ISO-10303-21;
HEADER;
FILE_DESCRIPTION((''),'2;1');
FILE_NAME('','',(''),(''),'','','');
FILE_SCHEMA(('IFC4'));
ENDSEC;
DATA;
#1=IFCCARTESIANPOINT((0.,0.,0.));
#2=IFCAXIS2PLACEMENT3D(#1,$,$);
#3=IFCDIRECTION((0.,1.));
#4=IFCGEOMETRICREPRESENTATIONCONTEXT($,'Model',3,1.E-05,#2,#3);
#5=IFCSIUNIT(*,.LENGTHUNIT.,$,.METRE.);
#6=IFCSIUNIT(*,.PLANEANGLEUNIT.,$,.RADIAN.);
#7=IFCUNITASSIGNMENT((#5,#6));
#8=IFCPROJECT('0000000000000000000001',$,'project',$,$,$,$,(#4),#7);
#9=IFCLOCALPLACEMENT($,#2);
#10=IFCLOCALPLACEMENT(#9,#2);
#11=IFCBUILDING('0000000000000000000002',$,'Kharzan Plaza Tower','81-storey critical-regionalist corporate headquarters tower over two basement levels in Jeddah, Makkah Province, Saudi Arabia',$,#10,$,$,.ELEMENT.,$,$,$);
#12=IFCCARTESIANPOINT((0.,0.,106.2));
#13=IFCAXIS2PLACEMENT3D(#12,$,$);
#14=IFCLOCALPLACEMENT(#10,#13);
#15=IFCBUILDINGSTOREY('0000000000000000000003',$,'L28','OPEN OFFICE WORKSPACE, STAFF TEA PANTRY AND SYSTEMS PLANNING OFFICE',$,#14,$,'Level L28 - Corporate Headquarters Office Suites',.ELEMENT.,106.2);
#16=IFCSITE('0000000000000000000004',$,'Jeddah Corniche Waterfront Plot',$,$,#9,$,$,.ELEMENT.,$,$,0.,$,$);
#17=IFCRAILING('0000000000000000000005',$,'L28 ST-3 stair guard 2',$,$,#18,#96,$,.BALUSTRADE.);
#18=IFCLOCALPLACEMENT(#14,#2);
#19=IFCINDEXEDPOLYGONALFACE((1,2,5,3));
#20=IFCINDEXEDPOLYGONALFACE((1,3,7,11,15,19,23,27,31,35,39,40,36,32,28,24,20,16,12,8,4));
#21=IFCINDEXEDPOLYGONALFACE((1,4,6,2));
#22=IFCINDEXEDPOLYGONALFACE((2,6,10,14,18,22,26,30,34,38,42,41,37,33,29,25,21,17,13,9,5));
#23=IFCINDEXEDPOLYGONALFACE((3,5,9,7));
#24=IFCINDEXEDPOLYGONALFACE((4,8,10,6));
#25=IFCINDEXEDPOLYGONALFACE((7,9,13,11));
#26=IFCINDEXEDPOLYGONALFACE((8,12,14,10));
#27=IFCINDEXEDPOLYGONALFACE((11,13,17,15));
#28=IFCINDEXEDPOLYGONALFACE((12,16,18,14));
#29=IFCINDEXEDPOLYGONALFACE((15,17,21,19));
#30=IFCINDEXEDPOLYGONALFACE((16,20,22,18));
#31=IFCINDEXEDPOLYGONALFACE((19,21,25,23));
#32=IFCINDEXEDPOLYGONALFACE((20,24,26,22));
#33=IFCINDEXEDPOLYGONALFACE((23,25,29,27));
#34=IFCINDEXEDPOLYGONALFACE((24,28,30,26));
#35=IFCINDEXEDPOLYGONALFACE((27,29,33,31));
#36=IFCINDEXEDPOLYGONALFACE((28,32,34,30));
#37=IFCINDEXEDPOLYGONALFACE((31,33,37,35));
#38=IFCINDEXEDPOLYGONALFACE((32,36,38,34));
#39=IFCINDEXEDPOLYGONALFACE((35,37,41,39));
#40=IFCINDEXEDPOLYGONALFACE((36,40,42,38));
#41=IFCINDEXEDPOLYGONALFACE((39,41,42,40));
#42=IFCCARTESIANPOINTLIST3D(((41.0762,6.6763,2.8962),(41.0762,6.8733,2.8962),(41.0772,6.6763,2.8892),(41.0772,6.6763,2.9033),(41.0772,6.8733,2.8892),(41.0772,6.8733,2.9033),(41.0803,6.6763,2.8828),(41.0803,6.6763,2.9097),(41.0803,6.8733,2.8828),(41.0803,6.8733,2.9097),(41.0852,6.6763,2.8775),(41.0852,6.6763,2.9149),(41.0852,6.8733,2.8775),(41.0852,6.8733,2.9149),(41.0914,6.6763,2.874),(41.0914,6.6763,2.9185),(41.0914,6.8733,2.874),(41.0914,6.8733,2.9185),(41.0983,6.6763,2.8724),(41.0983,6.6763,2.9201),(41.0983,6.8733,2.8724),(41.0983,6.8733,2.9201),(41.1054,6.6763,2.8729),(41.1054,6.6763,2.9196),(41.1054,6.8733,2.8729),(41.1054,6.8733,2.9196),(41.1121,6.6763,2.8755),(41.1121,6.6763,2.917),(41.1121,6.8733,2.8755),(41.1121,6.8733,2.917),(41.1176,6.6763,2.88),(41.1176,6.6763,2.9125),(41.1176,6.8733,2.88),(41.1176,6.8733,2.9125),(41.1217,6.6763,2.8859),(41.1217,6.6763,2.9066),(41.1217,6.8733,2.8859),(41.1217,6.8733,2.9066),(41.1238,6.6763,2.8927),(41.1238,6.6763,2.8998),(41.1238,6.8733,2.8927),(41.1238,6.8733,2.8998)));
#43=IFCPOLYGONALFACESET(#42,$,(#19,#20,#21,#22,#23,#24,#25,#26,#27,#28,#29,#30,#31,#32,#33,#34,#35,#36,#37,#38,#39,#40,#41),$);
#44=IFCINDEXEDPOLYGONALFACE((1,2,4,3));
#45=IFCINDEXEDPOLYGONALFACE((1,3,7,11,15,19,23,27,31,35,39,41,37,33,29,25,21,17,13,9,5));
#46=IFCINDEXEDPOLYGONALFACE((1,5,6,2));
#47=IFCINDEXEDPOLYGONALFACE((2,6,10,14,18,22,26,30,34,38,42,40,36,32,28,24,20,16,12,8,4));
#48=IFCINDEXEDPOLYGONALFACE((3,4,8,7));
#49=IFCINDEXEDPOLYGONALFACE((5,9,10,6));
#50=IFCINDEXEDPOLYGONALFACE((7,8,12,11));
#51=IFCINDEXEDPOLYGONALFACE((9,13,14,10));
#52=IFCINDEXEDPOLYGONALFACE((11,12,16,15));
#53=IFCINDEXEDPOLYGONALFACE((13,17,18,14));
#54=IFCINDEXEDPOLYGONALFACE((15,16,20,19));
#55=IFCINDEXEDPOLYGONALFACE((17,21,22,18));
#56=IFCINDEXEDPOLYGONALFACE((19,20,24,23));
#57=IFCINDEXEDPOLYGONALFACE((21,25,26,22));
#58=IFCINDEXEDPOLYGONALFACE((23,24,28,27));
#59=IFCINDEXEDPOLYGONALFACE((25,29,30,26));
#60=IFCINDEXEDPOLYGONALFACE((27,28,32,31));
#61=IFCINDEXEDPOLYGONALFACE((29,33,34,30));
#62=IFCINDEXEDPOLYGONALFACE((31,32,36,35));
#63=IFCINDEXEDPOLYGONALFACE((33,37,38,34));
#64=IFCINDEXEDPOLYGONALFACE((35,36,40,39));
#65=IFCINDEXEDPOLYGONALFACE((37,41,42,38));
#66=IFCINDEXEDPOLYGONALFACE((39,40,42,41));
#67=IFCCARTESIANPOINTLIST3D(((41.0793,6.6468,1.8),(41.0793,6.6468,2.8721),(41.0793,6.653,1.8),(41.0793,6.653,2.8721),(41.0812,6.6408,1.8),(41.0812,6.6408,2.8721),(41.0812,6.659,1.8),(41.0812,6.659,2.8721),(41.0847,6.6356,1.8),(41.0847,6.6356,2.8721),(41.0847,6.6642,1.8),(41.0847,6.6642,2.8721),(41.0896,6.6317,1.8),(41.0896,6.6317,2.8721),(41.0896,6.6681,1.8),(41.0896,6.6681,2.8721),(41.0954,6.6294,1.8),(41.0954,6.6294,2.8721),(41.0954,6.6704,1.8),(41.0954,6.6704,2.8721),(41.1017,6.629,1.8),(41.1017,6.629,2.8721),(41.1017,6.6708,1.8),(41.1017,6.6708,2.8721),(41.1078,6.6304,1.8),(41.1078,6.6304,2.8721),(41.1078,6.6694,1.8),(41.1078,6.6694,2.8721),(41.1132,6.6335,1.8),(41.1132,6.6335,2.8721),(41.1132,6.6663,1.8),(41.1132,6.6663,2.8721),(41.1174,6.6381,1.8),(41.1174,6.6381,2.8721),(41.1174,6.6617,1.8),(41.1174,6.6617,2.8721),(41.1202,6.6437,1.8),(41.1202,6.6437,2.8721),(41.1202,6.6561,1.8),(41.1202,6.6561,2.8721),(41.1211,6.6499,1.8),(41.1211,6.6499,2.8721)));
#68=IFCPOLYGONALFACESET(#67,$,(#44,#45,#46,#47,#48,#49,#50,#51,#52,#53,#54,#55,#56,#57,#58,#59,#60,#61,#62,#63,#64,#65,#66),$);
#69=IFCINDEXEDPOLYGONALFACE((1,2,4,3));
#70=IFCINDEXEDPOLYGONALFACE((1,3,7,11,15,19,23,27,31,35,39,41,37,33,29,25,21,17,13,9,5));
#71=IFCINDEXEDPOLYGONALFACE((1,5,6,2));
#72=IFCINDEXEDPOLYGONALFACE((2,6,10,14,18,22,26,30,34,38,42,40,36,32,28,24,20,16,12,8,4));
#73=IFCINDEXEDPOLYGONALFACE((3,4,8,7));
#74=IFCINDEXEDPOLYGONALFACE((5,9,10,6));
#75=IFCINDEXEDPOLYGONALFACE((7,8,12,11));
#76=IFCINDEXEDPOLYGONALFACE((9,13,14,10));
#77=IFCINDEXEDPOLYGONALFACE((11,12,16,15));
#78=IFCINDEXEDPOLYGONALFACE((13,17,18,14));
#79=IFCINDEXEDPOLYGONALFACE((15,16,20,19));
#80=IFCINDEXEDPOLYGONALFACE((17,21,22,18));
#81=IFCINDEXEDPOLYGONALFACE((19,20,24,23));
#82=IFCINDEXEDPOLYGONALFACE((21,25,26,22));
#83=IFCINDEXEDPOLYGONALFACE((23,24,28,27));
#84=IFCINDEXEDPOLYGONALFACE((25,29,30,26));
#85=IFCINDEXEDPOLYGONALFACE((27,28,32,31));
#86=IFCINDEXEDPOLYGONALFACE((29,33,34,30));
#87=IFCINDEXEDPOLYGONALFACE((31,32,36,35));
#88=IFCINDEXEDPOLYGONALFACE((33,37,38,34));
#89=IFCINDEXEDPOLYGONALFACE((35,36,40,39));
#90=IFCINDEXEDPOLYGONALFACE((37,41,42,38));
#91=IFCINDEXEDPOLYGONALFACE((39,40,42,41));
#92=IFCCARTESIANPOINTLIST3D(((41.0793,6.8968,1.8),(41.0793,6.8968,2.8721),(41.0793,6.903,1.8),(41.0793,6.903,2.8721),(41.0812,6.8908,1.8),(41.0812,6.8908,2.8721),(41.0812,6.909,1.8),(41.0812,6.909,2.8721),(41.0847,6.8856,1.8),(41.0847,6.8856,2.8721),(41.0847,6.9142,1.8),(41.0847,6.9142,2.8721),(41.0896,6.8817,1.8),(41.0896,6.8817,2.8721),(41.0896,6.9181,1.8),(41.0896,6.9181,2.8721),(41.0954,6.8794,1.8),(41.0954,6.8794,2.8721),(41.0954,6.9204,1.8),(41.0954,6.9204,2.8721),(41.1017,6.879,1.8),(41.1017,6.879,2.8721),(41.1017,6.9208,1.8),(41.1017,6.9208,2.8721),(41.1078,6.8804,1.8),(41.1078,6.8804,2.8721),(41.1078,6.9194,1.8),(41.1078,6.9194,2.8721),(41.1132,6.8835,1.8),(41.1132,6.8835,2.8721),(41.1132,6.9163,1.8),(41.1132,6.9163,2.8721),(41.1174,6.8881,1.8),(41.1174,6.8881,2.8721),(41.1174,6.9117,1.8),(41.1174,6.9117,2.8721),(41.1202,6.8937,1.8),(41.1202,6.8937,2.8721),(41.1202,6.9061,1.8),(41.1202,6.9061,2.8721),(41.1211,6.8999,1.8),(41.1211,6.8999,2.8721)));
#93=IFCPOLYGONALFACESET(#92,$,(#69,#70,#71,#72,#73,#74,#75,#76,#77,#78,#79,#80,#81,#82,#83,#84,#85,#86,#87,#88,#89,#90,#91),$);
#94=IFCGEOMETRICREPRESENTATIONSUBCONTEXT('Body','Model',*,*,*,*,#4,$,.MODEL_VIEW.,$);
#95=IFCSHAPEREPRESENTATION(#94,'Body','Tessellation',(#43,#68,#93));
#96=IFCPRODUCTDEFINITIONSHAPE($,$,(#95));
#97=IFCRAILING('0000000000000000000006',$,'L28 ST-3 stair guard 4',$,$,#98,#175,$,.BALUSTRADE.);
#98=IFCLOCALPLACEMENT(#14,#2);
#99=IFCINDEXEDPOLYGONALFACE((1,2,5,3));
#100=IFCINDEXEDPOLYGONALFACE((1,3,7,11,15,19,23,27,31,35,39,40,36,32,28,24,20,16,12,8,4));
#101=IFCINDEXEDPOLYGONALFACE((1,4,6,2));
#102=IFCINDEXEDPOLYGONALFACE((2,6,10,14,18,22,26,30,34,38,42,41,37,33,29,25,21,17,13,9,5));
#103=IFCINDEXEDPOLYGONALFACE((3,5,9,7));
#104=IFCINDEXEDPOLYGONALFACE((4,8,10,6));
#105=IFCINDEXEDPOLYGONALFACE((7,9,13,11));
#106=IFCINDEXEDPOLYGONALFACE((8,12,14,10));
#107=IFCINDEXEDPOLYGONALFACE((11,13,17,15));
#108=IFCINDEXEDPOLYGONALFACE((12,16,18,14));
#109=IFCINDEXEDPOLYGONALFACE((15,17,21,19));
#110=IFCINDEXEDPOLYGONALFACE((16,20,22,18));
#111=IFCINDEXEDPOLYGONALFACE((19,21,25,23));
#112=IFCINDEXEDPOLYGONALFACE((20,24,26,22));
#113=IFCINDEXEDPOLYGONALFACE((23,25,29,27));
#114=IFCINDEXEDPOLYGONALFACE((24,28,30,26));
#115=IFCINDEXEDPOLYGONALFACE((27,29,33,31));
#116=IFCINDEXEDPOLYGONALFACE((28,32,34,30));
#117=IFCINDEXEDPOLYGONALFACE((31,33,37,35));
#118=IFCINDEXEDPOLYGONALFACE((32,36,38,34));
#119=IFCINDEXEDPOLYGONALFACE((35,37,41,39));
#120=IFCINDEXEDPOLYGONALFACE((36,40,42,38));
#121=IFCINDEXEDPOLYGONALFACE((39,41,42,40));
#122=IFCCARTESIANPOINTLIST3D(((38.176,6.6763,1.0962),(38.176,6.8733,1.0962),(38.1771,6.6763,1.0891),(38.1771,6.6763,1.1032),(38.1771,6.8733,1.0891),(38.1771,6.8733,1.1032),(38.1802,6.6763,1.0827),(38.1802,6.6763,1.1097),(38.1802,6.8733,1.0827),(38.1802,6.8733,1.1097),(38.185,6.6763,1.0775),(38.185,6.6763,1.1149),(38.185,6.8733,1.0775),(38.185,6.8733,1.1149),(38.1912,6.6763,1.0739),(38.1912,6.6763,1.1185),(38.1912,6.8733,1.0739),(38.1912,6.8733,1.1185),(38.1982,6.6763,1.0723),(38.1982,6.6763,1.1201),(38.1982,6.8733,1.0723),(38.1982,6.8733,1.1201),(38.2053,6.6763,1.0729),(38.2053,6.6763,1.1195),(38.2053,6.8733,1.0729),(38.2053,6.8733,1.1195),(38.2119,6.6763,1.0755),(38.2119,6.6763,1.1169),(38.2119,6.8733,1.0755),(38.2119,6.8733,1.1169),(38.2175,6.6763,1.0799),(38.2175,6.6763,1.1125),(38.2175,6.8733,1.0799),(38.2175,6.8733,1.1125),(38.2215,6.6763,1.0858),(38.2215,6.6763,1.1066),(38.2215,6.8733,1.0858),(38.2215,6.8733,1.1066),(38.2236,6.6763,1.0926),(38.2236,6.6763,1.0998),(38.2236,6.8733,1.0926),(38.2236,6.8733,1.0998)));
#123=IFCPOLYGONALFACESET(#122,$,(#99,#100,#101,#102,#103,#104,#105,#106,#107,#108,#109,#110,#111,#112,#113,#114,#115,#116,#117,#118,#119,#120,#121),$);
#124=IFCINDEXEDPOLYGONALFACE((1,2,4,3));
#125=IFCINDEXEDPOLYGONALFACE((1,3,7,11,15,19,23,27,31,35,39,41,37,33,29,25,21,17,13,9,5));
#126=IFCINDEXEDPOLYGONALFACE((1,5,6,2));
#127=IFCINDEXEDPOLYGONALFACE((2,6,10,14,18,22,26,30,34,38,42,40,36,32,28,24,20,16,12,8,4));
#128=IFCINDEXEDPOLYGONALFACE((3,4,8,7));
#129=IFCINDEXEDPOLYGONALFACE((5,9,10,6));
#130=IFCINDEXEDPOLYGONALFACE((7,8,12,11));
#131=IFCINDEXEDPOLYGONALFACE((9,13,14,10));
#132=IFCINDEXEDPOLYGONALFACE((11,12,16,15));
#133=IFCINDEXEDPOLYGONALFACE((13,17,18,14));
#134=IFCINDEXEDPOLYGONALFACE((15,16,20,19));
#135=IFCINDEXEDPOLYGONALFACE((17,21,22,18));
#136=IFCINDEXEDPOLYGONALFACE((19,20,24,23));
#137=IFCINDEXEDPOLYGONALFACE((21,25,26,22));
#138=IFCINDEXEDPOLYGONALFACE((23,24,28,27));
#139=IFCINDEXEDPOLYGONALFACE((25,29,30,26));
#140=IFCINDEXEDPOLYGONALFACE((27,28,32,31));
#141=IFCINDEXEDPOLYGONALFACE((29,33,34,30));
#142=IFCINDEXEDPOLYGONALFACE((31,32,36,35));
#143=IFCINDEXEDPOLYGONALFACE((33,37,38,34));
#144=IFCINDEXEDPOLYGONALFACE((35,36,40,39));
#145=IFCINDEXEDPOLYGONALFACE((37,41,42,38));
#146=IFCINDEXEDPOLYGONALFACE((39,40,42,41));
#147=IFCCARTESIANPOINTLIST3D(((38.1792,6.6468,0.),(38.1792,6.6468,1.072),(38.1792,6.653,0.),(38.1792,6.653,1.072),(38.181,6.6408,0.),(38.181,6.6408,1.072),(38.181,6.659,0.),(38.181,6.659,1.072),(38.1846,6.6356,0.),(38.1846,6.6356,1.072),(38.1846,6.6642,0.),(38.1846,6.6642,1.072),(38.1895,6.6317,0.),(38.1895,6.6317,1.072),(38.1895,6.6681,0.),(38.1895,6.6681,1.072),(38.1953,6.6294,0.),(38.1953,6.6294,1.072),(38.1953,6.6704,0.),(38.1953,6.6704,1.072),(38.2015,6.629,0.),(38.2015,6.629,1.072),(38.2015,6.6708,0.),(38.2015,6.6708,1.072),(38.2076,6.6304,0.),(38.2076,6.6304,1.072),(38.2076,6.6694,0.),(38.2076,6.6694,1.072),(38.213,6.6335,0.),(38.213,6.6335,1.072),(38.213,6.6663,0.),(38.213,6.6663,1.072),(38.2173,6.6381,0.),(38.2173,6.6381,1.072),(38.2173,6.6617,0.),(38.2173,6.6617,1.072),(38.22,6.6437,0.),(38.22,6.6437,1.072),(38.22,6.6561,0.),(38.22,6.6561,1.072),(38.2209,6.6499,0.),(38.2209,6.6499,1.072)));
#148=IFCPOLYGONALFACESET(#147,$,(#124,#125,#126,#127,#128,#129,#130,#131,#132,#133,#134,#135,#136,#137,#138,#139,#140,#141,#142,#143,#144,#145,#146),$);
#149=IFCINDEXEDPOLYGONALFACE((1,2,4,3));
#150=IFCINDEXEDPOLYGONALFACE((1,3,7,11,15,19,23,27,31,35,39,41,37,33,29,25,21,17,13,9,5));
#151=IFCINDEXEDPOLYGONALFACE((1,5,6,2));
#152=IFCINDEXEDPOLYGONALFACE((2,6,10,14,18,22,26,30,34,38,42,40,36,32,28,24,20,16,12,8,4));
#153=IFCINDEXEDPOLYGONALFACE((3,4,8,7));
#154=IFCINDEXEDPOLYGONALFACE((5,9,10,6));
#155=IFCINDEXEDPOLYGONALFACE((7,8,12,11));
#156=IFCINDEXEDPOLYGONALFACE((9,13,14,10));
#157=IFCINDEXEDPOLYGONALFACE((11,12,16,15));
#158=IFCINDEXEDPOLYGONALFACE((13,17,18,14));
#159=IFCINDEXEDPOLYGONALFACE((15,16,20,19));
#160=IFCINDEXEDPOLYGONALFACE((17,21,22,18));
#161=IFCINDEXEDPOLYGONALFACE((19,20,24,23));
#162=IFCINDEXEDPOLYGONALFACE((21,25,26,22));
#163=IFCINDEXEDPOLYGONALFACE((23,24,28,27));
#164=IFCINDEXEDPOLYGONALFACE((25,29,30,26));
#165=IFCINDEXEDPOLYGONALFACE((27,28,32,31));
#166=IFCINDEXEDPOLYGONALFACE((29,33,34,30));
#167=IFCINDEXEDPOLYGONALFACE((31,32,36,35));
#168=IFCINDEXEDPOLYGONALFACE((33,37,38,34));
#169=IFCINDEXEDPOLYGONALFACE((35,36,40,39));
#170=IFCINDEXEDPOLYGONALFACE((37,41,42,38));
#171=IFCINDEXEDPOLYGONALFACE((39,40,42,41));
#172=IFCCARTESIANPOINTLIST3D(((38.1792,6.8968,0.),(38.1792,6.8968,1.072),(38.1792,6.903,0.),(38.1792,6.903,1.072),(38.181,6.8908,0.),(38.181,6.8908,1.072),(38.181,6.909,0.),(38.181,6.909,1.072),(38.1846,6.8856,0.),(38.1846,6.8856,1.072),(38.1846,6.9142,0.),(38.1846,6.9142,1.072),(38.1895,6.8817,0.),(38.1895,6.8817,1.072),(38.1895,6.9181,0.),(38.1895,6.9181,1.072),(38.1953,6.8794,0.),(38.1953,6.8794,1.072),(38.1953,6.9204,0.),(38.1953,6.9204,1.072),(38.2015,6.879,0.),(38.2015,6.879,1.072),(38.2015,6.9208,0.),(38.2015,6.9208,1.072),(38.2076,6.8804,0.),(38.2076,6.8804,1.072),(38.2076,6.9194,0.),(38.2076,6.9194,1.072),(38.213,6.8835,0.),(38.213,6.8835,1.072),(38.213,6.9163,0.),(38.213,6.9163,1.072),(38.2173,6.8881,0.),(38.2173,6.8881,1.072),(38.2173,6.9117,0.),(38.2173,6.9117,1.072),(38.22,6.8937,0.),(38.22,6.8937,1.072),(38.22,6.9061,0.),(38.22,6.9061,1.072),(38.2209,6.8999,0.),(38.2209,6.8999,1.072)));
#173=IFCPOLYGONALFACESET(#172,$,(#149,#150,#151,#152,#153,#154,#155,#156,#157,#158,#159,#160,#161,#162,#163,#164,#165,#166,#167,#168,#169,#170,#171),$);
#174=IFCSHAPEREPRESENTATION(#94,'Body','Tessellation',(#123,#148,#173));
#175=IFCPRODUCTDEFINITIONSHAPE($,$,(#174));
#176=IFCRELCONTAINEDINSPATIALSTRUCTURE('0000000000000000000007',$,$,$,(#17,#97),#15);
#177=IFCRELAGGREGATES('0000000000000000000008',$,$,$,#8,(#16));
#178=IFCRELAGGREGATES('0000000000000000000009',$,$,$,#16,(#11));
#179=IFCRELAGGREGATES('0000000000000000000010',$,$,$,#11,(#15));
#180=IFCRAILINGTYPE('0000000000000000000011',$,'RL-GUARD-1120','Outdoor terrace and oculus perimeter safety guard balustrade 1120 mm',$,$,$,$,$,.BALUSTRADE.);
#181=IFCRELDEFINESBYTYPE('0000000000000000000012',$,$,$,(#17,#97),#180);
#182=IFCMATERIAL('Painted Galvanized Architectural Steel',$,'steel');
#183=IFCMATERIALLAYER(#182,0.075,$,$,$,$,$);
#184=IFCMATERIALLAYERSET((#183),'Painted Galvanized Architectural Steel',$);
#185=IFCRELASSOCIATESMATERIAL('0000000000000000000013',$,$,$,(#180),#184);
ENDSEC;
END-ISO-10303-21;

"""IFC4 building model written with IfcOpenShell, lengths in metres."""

from ifc_helpers import new_model, si_unit, direction, frame, origin, origin_2d, place, context, subcontext, project, spatial, circle, extrude, source, transform, mapped, material, layer, layer_set, type_object, element, save


model = new_model("IFC4")

# Units and contexts
model_context = context("Model", 3, precision=1e-05, world=origin(), true_north=direction((0.0, 1.0)))
body_context = subcontext(model_context, "Body", "Model", "MODEL_VIEW")
ifc_project = project(units=[si_unit("LENGTHUNIT", "METRE"), si_unit("PLANEANGLEUNIT", "RADIAN")], contexts=[model_context])

# Site, building, storey
site_placement = place(None, origin())
site = spatial("IfcSite", under=ifc_project, at=site_placement, Name="Jeddah Corniche Waterfront Plot", CompositionType="ELEMENT", RefElevation=0.0)
building_placement = place(site_placement, origin())
building = spatial("IfcBuilding", under=site, at=building_placement, Name="Kharzan Plaza Tower", Description="81-storey critical-regionalist corporate headquarters tower over two basement levels in Jeddah, Makkah Province, Saudi Arabia", CompositionType="ELEMENT")
storey_placement = place(building_placement, frame((0.0, 0.0, 106.2)))
storey = spatial("IfcBuildingStorey", under=building, at=storey_placement, Name="L28", Description="OPEN OFFICE WORKSPACE, STAFF TEA PANTRY AND SYSTEMS PLANNING OFFICE", LongName="Level L28 - Corporate Headquarters Office Suites", CompositionType="ELEMENT", Elevation=106.2)

# Railings
ifc_material_1 = material(Name="Painted Galvanized Architectural Steel", Category="steel")
ifc_layer_1 = layer(ifc_material_1, 0.075)
ifc_layer_set_1 = layer_set([ifc_layer_1], Name="Painted Galvanized Architectural Steel")
railing_type_1 = type_object("IfcRailingType", Name="RL-GUARD-1120", Description="Outdoor terrace and oculus perimeter safety guard balustrade 1120 mm", PredefinedType="BALUSTRADE", material=ifc_layer_set_1)
shared_shape_1 = source(origin(), body_context, "Body", "SweptSolid", [
    extrude(circle(Radius=0.0239, at=origin_2d()), frame((0.0, 0.0264, 1.0962), z_axis=(0.0, 1.0, 0.0), x_axis=(-1.0, 0.0, 0.0)), (0.0, 0.0, 1.0), 0.197),
    extrude(circle(Radius=0.021, at=origin_2d()), origin(), (0.0, 0.0, 1.0), 1.072),
    extrude(circle(Radius=0.021, at=origin_2d()), frame((0.0, 0.25, 0.0)), (0.0, 0.0, 1.0), 1.072),
])
for number, where, name in (
    (1, (41.1001, 6.6499, 1.8), "L28 ST-3 stair guard 2"),
    (2, (38.2, 6.6499, 0.0), "L28 ST-3 stair guard 4"),
):
    element("IfcRailing", number, at=place(storey_placement, frame(where)), inside=storey, type_object=railing_type_1, Name=name, PredefinedType="BALUSTRADE", context=body_context, shape_type="MappedRepresentation", body=[
        mapped(shared_shape_1, transform((0.0, 0.0, 0.0), x_axis=(1.0, 0.0, 0.0), y_axis=(0.0, 1.0, 0.0), z_axis=(0.0, 0.0, 1.0))),
    ])

save(model, "model.ifc")
